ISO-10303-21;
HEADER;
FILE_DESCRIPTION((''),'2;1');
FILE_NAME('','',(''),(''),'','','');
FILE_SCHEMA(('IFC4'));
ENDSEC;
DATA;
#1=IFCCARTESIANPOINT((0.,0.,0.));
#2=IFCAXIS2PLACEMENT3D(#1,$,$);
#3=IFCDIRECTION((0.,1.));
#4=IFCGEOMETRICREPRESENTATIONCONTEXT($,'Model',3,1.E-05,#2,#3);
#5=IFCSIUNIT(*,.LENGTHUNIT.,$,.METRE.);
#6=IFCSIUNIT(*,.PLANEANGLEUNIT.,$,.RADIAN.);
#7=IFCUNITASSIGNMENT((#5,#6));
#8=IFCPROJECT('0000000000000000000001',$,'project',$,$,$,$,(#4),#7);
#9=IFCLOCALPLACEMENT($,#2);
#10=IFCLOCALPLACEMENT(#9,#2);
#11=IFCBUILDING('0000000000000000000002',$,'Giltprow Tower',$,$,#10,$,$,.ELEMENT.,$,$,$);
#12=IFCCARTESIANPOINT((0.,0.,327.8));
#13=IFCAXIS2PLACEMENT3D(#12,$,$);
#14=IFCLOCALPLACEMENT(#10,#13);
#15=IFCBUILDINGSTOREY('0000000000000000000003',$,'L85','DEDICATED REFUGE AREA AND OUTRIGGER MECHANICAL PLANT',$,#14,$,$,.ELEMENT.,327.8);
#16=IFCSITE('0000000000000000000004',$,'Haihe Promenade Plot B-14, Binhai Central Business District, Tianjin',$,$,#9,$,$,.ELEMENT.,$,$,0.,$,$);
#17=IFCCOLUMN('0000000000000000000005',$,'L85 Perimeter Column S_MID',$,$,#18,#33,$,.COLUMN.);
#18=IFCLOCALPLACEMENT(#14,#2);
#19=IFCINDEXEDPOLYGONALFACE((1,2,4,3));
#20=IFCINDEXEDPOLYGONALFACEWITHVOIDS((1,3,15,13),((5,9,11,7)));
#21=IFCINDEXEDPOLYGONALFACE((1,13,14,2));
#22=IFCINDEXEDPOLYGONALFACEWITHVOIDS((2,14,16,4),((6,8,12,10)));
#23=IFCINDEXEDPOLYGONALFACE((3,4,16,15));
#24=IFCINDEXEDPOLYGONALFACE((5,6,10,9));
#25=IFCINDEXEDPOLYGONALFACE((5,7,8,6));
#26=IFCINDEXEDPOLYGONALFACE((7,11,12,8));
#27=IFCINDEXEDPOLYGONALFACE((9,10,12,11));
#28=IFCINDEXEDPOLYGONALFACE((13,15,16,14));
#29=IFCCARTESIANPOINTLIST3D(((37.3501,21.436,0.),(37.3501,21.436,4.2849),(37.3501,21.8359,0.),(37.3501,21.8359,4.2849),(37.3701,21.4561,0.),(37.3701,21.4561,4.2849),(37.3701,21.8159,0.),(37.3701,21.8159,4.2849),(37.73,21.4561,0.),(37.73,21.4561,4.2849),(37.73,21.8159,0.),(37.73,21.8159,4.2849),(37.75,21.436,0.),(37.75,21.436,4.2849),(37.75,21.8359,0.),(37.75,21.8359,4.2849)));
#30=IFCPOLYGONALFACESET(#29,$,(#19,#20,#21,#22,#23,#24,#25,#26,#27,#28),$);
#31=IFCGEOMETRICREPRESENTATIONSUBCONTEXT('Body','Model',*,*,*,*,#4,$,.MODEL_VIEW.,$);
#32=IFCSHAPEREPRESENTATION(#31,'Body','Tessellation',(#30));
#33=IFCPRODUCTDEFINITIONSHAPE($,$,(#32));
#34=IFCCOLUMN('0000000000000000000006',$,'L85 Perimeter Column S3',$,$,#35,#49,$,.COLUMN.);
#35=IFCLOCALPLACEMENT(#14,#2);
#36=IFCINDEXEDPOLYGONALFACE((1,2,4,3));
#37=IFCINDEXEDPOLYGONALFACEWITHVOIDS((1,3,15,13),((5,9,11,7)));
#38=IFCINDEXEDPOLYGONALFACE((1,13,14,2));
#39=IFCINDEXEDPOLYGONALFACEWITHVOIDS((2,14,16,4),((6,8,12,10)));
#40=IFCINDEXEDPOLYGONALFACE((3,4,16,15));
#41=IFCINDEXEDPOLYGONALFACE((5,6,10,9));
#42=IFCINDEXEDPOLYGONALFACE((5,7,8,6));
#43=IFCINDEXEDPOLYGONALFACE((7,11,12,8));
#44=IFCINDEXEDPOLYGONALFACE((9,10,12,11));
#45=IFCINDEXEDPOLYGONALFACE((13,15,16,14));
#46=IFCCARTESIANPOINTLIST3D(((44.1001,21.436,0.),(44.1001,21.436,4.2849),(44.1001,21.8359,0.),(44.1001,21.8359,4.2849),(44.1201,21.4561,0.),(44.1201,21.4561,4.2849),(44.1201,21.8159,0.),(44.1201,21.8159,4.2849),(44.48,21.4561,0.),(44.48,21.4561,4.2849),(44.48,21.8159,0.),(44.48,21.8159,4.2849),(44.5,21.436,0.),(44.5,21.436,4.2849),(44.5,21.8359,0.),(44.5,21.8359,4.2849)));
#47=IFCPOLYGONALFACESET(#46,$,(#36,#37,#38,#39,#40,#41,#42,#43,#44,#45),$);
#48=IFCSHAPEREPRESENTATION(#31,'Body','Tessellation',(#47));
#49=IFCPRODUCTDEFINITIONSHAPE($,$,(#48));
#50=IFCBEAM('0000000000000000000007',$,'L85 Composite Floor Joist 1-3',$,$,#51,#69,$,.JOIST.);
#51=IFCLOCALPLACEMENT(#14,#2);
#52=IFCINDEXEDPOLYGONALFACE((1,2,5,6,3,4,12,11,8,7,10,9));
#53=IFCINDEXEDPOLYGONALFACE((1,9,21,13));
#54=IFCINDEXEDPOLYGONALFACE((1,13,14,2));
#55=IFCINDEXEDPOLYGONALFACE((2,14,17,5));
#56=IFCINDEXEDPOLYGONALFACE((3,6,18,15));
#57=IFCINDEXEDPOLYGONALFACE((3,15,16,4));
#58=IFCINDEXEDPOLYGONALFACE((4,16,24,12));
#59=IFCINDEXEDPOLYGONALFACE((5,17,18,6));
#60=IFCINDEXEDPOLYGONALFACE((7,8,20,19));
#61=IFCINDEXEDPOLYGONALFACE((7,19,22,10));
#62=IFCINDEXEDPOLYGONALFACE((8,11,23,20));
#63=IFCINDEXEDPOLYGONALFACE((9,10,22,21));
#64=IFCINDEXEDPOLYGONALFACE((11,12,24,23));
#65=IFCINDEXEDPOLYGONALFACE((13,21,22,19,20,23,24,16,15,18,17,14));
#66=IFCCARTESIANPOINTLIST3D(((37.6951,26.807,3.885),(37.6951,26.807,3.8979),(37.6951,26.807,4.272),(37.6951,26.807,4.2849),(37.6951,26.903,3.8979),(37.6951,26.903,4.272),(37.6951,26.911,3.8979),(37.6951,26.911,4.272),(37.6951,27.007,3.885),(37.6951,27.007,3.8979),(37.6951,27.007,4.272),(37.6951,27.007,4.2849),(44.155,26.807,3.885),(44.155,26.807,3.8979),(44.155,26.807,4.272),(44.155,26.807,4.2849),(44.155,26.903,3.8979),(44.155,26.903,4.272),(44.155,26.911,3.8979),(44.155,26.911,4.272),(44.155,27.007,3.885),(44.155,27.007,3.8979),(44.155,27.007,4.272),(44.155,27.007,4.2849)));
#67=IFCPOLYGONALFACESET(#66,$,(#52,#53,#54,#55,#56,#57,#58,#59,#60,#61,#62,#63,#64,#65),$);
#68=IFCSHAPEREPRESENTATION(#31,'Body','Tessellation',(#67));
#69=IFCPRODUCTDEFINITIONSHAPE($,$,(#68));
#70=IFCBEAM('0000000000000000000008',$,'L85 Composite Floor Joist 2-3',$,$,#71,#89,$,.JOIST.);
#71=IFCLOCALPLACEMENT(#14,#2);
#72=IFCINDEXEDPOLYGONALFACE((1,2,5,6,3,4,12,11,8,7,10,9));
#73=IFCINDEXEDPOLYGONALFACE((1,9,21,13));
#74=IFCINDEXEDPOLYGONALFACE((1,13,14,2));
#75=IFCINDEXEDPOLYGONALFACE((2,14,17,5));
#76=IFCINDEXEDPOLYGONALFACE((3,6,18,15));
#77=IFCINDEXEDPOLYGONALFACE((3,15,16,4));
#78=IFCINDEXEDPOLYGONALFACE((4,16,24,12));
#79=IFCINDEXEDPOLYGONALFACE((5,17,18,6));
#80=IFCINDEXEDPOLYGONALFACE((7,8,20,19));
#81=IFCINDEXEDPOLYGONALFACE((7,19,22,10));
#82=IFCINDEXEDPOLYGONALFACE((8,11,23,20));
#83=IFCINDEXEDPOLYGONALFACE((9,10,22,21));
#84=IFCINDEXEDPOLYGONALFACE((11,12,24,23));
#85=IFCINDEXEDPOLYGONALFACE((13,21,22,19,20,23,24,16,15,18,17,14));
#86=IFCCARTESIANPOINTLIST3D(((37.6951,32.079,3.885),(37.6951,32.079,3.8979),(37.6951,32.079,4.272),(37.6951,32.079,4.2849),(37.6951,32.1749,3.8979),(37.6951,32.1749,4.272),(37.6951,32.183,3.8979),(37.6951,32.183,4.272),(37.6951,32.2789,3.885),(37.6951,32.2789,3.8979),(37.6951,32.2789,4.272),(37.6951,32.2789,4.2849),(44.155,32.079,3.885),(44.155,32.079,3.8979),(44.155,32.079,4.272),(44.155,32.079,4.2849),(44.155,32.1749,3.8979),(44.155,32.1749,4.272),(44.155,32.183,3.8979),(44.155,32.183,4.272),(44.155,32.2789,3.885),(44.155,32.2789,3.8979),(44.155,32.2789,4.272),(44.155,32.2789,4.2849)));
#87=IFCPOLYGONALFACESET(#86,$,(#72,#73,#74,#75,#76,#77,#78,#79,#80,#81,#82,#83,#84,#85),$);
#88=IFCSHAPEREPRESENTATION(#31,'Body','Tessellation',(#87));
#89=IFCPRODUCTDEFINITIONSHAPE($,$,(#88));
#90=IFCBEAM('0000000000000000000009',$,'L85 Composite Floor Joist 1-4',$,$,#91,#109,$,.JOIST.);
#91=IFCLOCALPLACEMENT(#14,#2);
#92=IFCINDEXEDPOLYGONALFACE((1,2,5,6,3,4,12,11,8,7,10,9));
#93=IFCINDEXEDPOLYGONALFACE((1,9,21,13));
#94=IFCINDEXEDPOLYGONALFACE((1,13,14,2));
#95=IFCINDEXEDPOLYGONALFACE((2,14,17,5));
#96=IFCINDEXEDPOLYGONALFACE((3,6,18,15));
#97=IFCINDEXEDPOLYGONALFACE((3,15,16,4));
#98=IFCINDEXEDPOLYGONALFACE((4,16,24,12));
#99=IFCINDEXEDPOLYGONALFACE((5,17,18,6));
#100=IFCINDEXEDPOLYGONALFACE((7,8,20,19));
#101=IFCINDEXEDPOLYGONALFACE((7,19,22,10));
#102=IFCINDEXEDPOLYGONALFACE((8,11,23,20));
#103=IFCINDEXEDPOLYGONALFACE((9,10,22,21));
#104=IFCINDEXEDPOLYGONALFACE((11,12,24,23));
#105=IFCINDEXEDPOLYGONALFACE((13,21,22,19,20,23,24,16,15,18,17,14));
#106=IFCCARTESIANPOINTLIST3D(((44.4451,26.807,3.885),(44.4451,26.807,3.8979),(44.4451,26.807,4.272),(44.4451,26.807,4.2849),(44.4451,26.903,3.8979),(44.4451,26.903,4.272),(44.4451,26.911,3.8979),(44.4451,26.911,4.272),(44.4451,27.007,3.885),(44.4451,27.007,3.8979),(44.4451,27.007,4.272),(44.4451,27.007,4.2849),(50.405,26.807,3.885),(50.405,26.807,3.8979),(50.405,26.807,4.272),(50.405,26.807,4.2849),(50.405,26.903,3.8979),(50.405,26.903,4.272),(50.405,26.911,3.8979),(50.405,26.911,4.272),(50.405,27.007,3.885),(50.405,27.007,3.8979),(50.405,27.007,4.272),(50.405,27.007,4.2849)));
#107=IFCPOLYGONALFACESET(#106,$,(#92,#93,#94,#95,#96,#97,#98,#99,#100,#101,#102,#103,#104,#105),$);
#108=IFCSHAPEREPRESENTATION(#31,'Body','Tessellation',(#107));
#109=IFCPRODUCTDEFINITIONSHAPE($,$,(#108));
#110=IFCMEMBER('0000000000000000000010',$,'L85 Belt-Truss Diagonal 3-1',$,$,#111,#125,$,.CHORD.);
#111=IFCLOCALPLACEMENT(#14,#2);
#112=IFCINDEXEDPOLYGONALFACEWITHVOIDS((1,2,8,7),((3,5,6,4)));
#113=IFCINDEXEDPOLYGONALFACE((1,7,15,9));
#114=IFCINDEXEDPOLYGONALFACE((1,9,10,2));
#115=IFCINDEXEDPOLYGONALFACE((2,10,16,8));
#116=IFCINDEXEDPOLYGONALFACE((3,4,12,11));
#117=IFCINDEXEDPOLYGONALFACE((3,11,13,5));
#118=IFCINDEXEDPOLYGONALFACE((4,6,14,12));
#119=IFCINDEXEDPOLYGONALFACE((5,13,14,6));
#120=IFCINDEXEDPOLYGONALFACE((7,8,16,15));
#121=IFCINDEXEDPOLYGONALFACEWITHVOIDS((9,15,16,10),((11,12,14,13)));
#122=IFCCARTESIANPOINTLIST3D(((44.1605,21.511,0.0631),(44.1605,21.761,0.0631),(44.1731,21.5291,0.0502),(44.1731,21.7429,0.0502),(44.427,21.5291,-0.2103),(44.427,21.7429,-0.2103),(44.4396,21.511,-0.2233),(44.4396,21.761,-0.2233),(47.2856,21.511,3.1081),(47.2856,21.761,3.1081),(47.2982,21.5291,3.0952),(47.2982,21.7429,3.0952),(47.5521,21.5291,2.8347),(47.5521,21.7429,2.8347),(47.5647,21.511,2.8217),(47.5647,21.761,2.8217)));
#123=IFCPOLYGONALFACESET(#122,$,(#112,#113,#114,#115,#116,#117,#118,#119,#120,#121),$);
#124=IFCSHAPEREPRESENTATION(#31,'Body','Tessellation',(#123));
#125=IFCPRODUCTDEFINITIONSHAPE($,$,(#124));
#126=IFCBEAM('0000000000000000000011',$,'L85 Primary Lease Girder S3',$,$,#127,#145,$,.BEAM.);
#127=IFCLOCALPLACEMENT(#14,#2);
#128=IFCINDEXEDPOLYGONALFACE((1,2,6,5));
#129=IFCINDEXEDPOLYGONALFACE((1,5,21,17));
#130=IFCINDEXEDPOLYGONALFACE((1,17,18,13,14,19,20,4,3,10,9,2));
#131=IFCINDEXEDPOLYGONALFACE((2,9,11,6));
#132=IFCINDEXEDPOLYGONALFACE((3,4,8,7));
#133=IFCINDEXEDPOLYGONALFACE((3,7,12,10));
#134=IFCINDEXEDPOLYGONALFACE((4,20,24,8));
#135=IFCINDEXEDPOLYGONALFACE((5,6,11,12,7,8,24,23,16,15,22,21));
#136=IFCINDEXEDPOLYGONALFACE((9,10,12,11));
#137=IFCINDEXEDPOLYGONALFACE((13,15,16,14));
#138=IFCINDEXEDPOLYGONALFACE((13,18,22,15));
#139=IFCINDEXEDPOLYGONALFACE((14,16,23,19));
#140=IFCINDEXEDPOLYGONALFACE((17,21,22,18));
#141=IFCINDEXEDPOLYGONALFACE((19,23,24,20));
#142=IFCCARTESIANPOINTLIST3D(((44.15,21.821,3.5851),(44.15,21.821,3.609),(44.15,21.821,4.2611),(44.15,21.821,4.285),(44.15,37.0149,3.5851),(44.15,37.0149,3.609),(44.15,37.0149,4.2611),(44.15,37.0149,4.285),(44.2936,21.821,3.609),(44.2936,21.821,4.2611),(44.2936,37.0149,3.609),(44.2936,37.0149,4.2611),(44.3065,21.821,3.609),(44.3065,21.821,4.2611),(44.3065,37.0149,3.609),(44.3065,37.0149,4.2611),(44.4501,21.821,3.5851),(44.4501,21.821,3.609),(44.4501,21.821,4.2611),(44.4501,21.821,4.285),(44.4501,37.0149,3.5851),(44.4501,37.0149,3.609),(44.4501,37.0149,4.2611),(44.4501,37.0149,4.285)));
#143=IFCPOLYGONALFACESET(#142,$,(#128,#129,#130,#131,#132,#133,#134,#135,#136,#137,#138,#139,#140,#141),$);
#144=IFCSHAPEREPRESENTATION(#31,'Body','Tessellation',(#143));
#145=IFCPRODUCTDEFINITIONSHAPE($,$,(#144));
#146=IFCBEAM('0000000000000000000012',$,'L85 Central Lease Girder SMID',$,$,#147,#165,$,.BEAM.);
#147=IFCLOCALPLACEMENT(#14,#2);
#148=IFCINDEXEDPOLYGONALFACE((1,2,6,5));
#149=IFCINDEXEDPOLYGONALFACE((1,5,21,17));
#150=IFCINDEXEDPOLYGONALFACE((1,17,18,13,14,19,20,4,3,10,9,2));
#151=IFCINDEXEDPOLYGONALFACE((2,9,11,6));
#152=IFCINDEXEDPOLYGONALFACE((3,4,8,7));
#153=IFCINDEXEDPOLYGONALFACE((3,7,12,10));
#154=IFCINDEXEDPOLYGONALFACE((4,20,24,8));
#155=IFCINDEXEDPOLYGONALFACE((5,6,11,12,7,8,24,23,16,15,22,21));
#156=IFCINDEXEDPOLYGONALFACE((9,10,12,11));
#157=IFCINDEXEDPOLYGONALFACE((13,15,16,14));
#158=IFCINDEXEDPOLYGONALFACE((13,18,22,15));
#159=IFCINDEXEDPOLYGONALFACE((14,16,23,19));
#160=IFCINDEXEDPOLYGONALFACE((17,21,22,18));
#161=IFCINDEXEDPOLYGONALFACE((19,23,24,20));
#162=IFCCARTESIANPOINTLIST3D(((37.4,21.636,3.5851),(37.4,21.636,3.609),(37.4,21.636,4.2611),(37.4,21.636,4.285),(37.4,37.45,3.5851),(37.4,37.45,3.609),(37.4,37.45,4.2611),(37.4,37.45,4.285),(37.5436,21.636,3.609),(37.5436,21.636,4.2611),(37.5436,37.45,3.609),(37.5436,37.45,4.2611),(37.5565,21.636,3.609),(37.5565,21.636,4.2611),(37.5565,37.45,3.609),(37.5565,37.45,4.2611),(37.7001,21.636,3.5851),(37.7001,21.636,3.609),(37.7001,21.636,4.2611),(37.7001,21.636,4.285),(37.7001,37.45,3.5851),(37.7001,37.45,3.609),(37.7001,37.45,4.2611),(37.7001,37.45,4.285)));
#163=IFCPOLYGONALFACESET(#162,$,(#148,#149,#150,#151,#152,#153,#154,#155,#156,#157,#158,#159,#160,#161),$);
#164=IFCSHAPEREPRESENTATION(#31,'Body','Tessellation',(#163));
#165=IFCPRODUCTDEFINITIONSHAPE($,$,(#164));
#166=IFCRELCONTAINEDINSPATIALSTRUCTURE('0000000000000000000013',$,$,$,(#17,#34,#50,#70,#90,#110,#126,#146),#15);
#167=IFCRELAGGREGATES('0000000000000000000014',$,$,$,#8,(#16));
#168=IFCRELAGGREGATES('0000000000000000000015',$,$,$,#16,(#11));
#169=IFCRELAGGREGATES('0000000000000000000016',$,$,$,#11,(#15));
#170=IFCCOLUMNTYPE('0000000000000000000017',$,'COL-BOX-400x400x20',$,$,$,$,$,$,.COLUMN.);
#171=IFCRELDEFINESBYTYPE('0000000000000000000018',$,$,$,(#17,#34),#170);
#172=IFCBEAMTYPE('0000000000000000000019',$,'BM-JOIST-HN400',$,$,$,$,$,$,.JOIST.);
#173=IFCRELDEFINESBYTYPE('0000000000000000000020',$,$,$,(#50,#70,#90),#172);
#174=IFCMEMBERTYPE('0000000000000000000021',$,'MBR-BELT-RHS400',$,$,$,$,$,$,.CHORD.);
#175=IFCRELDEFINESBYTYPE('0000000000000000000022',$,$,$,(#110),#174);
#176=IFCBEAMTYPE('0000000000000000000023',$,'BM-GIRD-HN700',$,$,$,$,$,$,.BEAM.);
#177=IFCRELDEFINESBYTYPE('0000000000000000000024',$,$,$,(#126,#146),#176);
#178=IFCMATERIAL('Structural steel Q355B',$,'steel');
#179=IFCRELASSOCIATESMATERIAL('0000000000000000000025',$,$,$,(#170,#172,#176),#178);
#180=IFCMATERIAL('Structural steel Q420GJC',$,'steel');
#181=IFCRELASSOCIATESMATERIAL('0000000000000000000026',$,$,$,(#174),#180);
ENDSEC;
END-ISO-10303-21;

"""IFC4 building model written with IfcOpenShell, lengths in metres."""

from ifc_helpers import new_model, si_unit, direction, frame, origin, origin_2d, place, context, subcontext, project, spatial, hollow_rectangle, i_section, extrude, source, transform, mapped, material, material_profile, profile_set, type_object, element, save


model = new_model("IFC4")

# Units and contexts
model_context = context("Model", 3, precision=1e-05, world=origin(), true_north=direction((0.0, 1.0)))
body_context = subcontext(model_context, "Body", "Model", "MODEL_VIEW")
ifc_project = project(units=[si_unit("LENGTHUNIT", "METRE"), si_unit("PLANEANGLEUNIT", "RADIAN")], contexts=[model_context])

# Site, building, storey
site_placement = place(None, origin())
site = spatial("IfcSite", under=ifc_project, at=site_placement, Name="Haihe Promenade Plot B-14, Binhai Central Business District, Tianjin", CompositionType="ELEMENT", RefElevation=0.0)
building_placement = place(site_placement, origin())
building = spatial("IfcBuilding", under=site, at=building_placement, Name="Giltprow Tower", CompositionType="ELEMENT")
storey_placement = place(building_placement, frame((0.0, 0.0, 327.8)))
storey = spatial("IfcBuildingStorey", under=building, at=storey_placement, Name="L85", Description="DEDICATED REFUGE AREA AND OUTRIGGER MECHANICAL PLANT", CompositionType="ELEMENT", Elevation=327.8)

# Columns
ifc_material_1 = material(Name="Structural steel Q355B", Category="steel")
ifc_material_profile_1 = material_profile(ifc_material_1, hollow_rectangle(XDim=0.3999, YDim=0.3999, WallThickness=0.02, at=origin_2d()), Name="BOX 400x400x20")
ifc_profile_set_1 = profile_set([ifc_material_profile_1], Name="Structural steel Q355B")
column_type = type_object("IfcColumnType", Name="COL-BOX-400x400x20", PredefinedType="COLUMN", material=ifc_profile_set_1)
shared_shape_1 = source(origin(), body_context, "Body", "SweptSolid", [
    extrude(hollow_rectangle(XDim=0.3999, YDim=0.3999, WallThickness=0.02, at=origin_2d()), origin(), (0.0, 0.0, 1.0), 4.2849),
])
for number, where, z_axis, x_axis, name in (
    (1, (37.55, 21.636, 0.0), (0.0, 0.0, 1.0), (1.0, 0.0, 0.0), "L85 Perimeter Column S_MID"),
    (2, (44.3, 21.636, 0.0), (0.0, 0.0, 1.0), (1.0, 0.0, 0.0), "L85 Perimeter Column S3"),
):
    element("IfcColumn", number, at=place(storey_placement, frame(where, z_axis=z_axis, x_axis=x_axis)), inside=storey, type_object=column_type, Name=name, PredefinedType="COLUMN", context=body_context, shape_type="MappedRepresentation", body=[
        mapped(shared_shape_1, transform((0.0, 0.0, 0.0), x_axis=(1.0, 0.0, 0.0), y_axis=(0.0, 1.0, 0.0), z_axis=(0.0, 0.0, 1.0), scale=1.0)),
    ])

# Beams
ifc_material_profile_2 = material_profile(ifc_material_1, i_section(OverallWidth=0.2, OverallDepth=0.3999, WebThickness=0.0081, FlangeThickness=0.0129, at=origin_2d()), Name="HN 400x200x8x13")
ifc_profile_set_2 = profile_set([ifc_material_profile_2], Name="Structural steel Q355B")
beam_type_1 = type_object("IfcBeamType", Name="BM-JOIST-HN400", PredefinedType="JOIST", material=ifc_profile_set_2)
shared_shape_2 = source(origin(), body_context, "Body", "SweptSolid", [
    extrude(i_section(OverallWidth=0.2, OverallDepth=0.3999, WebThickness=0.0081, FlangeThickness=0.0129, at=origin_2d()), origin(), (0.0, 0.0, 1.0), 6.46),
])
for number, where, z_axis, x_axis, name in (
    (3, (37.6951, 26.907, 4.085), (1.0, 0.0, 0.0), (0.0, 1.0, 0.0), "L85 Composite Floor Joist 1-3"),
    (4, (37.6951, 32.179, 4.085), (1.0, 0.0, 0.0), (0.0, 1.0, 0.0), "L85 Composite Floor Joist 2-3"),
):
    element("IfcBeam", number, at=place(storey_placement, frame(where, z_axis=z_axis, x_axis=x_axis)), inside=storey, type_object=beam_type_1, Name=name, PredefinedType="JOIST", context=body_context, shape_type="MappedRepresentation", body=[
        mapped(shared_shape_2, transform((0.0, 0.0, 0.0), x_axis=(1.0, 0.0, 0.0), y_axis=(0.0, 1.0, 0.0), z_axis=(0.0, 0.0, 1.0), scale=1.0)),
    ])
shared_shape_3 = source(origin(), body_context, "Body", "SweptSolid", [
    extrude(i_section(OverallWidth=0.2, OverallDepth=0.3999, WebThickness=0.0081, FlangeThickness=0.0129, at=origin_2d()), origin(), (0.0, 0.0, 1.0), 5.96),
])
beam_1_placement = place(storey_placement, frame((44.4451, 26.907, 4.085), z_axis=(1.0, 0.0, 0.0), x_axis=(0.0, 1.0, 0.0)))
element("IfcBeam", 5, at=beam_1_placement, inside=storey, type_object=beam_type_1, Name="L85 Composite Floor Joist 1-4", PredefinedType="JOIST", context=body_context, shape_type="MappedRepresentation", body=[
    mapped(shared_shape_3, transform((0.0, 0.0, 0.0), x_axis=(1.0, 0.0, 0.0), y_axis=(0.0, 1.0, 0.0), z_axis=(0.0, 0.0, 1.0), scale=1.0)),
])

# Member
ifc_material_2 = material(Name="Structural steel Q420GJC", Category="steel")
ifc_material_profile_3 = material_profile(ifc_material_2, hollow_rectangle(XDim=0.25, YDim=0.3999, WallThickness=0.0181, at=origin_2d()), Name="RHS 400x250x18")
ifc_profile_set_3 = profile_set([ifc_material_profile_3], Name="Structural steel Q420GJC")
member_type_1 = type_object("IfcMemberType", Name="MBR-BELT-RHS400", PredefinedType="CHORD", material=ifc_profile_set_3)
shared_shape_4 = source(origin(), body_context, "Body", "SweptSolid", [
    extrude(hollow_rectangle(XDim=0.25, YDim=0.3999, WallThickness=0.0181, at=origin_2d()), origin(), (0.0, 0.0, 1.0), 4.3633),
])
member_1_placement = place(storey_placement, frame((44.3, 21.636, -0.0801), z_axis=(0.716224, 0.0, 0.697871), x_axis=(0.0, 1.0, 0.0)))
element("IfcMember", 6, at=member_1_placement, inside=storey, type_object=member_type_1, Name="L85 Belt-Truss Diagonal 3-1", PredefinedType="CHORD", context=body_context, shape_type="MappedRepresentation", body=[
    mapped(shared_shape_4, transform((0.0, 0.0, 0.0), x_axis=(1.0, 0.0, 0.0), y_axis=(0.0, 1.0, 0.0), z_axis=(0.0, 0.0, 1.0), scale=1.0)),
])

# Beams
ifc_material_profile_4 = material_profile(ifc_material_1, i_section(OverallWidth=0.3, OverallDepth=0.7, WebThickness=0.0129, FlangeThickness=0.0239, at=origin_2d()), Name="HN 700x300x13x24")
ifc_profile_set_4 = profile_set([ifc_material_profile_4], Name="Structural steel Q355B")
beam_type_2 = type_object("IfcBeamType", Name="BM-GIRD-HN700", PredefinedType="BEAM", material=ifc_profile_set_4)
shared_shape_5 = source(origin(), body_context, "Body", "SweptSolid", [
    extrude(i_section(OverallWidth=0.3, OverallDepth=0.7, WebThickness=0.0129, FlangeThickness=0.0239, at=origin_2d()), origin(), (0.0, 0.0, 1.0), 15.1938),
])
beam_2_placement = place(storey_placement, frame((44.3, 21.821, 3.9351), z_axis=(0.0, 1.0, 0.0), x_axis=(-1.0, 0.0, 0.0)))
element("IfcBeam", 7, at=beam_2_placement, inside=storey, type_object=beam_type_2, Name="L85 Primary Lease Girder S3", PredefinedType="BEAM", context=body_context, shape_type="MappedRepresentation", body=[
    mapped(shared_shape_5, transform((0.0, 0.0, 0.0), x_axis=(1.0, 0.0, 0.0), y_axis=(0.0, 1.0, 0.0), z_axis=(0.0, 0.0, 1.0), scale=1.0)),
])
shared_shape_6 = source(origin(), body_context, "Body", "SweptSolid", [
    extrude(i_section(OverallWidth=0.3, OverallDepth=0.7, WebThickness=0.0129, FlangeThickness=0.0239, at=origin_2d()), origin(), (0.0, 0.0, 1.0), 15.814),
])
beam_3_placement = place(storey_placement, frame((37.55, 21.636, 3.9351), z_axis=(0.0, 1.0, 0.0), x_axis=(-1.0, 0.0, 0.0)))
element("IfcBeam", 8, at=beam_3_placement, inside=storey, type_object=beam_type_2, Name="L85 Central Lease Girder SMID", PredefinedType="BEAM", context=body_context, shape_type="MappedRepresentation", body=[
    mapped(shared_shape_6, transform((0.0, 0.0, 0.0), x_axis=(1.0, 0.0, 0.0), y_axis=(0.0, 1.0, 0.0), z_axis=(0.0, 0.0, 1.0), scale=1.0)),
])

save(model, "model.ifc")
